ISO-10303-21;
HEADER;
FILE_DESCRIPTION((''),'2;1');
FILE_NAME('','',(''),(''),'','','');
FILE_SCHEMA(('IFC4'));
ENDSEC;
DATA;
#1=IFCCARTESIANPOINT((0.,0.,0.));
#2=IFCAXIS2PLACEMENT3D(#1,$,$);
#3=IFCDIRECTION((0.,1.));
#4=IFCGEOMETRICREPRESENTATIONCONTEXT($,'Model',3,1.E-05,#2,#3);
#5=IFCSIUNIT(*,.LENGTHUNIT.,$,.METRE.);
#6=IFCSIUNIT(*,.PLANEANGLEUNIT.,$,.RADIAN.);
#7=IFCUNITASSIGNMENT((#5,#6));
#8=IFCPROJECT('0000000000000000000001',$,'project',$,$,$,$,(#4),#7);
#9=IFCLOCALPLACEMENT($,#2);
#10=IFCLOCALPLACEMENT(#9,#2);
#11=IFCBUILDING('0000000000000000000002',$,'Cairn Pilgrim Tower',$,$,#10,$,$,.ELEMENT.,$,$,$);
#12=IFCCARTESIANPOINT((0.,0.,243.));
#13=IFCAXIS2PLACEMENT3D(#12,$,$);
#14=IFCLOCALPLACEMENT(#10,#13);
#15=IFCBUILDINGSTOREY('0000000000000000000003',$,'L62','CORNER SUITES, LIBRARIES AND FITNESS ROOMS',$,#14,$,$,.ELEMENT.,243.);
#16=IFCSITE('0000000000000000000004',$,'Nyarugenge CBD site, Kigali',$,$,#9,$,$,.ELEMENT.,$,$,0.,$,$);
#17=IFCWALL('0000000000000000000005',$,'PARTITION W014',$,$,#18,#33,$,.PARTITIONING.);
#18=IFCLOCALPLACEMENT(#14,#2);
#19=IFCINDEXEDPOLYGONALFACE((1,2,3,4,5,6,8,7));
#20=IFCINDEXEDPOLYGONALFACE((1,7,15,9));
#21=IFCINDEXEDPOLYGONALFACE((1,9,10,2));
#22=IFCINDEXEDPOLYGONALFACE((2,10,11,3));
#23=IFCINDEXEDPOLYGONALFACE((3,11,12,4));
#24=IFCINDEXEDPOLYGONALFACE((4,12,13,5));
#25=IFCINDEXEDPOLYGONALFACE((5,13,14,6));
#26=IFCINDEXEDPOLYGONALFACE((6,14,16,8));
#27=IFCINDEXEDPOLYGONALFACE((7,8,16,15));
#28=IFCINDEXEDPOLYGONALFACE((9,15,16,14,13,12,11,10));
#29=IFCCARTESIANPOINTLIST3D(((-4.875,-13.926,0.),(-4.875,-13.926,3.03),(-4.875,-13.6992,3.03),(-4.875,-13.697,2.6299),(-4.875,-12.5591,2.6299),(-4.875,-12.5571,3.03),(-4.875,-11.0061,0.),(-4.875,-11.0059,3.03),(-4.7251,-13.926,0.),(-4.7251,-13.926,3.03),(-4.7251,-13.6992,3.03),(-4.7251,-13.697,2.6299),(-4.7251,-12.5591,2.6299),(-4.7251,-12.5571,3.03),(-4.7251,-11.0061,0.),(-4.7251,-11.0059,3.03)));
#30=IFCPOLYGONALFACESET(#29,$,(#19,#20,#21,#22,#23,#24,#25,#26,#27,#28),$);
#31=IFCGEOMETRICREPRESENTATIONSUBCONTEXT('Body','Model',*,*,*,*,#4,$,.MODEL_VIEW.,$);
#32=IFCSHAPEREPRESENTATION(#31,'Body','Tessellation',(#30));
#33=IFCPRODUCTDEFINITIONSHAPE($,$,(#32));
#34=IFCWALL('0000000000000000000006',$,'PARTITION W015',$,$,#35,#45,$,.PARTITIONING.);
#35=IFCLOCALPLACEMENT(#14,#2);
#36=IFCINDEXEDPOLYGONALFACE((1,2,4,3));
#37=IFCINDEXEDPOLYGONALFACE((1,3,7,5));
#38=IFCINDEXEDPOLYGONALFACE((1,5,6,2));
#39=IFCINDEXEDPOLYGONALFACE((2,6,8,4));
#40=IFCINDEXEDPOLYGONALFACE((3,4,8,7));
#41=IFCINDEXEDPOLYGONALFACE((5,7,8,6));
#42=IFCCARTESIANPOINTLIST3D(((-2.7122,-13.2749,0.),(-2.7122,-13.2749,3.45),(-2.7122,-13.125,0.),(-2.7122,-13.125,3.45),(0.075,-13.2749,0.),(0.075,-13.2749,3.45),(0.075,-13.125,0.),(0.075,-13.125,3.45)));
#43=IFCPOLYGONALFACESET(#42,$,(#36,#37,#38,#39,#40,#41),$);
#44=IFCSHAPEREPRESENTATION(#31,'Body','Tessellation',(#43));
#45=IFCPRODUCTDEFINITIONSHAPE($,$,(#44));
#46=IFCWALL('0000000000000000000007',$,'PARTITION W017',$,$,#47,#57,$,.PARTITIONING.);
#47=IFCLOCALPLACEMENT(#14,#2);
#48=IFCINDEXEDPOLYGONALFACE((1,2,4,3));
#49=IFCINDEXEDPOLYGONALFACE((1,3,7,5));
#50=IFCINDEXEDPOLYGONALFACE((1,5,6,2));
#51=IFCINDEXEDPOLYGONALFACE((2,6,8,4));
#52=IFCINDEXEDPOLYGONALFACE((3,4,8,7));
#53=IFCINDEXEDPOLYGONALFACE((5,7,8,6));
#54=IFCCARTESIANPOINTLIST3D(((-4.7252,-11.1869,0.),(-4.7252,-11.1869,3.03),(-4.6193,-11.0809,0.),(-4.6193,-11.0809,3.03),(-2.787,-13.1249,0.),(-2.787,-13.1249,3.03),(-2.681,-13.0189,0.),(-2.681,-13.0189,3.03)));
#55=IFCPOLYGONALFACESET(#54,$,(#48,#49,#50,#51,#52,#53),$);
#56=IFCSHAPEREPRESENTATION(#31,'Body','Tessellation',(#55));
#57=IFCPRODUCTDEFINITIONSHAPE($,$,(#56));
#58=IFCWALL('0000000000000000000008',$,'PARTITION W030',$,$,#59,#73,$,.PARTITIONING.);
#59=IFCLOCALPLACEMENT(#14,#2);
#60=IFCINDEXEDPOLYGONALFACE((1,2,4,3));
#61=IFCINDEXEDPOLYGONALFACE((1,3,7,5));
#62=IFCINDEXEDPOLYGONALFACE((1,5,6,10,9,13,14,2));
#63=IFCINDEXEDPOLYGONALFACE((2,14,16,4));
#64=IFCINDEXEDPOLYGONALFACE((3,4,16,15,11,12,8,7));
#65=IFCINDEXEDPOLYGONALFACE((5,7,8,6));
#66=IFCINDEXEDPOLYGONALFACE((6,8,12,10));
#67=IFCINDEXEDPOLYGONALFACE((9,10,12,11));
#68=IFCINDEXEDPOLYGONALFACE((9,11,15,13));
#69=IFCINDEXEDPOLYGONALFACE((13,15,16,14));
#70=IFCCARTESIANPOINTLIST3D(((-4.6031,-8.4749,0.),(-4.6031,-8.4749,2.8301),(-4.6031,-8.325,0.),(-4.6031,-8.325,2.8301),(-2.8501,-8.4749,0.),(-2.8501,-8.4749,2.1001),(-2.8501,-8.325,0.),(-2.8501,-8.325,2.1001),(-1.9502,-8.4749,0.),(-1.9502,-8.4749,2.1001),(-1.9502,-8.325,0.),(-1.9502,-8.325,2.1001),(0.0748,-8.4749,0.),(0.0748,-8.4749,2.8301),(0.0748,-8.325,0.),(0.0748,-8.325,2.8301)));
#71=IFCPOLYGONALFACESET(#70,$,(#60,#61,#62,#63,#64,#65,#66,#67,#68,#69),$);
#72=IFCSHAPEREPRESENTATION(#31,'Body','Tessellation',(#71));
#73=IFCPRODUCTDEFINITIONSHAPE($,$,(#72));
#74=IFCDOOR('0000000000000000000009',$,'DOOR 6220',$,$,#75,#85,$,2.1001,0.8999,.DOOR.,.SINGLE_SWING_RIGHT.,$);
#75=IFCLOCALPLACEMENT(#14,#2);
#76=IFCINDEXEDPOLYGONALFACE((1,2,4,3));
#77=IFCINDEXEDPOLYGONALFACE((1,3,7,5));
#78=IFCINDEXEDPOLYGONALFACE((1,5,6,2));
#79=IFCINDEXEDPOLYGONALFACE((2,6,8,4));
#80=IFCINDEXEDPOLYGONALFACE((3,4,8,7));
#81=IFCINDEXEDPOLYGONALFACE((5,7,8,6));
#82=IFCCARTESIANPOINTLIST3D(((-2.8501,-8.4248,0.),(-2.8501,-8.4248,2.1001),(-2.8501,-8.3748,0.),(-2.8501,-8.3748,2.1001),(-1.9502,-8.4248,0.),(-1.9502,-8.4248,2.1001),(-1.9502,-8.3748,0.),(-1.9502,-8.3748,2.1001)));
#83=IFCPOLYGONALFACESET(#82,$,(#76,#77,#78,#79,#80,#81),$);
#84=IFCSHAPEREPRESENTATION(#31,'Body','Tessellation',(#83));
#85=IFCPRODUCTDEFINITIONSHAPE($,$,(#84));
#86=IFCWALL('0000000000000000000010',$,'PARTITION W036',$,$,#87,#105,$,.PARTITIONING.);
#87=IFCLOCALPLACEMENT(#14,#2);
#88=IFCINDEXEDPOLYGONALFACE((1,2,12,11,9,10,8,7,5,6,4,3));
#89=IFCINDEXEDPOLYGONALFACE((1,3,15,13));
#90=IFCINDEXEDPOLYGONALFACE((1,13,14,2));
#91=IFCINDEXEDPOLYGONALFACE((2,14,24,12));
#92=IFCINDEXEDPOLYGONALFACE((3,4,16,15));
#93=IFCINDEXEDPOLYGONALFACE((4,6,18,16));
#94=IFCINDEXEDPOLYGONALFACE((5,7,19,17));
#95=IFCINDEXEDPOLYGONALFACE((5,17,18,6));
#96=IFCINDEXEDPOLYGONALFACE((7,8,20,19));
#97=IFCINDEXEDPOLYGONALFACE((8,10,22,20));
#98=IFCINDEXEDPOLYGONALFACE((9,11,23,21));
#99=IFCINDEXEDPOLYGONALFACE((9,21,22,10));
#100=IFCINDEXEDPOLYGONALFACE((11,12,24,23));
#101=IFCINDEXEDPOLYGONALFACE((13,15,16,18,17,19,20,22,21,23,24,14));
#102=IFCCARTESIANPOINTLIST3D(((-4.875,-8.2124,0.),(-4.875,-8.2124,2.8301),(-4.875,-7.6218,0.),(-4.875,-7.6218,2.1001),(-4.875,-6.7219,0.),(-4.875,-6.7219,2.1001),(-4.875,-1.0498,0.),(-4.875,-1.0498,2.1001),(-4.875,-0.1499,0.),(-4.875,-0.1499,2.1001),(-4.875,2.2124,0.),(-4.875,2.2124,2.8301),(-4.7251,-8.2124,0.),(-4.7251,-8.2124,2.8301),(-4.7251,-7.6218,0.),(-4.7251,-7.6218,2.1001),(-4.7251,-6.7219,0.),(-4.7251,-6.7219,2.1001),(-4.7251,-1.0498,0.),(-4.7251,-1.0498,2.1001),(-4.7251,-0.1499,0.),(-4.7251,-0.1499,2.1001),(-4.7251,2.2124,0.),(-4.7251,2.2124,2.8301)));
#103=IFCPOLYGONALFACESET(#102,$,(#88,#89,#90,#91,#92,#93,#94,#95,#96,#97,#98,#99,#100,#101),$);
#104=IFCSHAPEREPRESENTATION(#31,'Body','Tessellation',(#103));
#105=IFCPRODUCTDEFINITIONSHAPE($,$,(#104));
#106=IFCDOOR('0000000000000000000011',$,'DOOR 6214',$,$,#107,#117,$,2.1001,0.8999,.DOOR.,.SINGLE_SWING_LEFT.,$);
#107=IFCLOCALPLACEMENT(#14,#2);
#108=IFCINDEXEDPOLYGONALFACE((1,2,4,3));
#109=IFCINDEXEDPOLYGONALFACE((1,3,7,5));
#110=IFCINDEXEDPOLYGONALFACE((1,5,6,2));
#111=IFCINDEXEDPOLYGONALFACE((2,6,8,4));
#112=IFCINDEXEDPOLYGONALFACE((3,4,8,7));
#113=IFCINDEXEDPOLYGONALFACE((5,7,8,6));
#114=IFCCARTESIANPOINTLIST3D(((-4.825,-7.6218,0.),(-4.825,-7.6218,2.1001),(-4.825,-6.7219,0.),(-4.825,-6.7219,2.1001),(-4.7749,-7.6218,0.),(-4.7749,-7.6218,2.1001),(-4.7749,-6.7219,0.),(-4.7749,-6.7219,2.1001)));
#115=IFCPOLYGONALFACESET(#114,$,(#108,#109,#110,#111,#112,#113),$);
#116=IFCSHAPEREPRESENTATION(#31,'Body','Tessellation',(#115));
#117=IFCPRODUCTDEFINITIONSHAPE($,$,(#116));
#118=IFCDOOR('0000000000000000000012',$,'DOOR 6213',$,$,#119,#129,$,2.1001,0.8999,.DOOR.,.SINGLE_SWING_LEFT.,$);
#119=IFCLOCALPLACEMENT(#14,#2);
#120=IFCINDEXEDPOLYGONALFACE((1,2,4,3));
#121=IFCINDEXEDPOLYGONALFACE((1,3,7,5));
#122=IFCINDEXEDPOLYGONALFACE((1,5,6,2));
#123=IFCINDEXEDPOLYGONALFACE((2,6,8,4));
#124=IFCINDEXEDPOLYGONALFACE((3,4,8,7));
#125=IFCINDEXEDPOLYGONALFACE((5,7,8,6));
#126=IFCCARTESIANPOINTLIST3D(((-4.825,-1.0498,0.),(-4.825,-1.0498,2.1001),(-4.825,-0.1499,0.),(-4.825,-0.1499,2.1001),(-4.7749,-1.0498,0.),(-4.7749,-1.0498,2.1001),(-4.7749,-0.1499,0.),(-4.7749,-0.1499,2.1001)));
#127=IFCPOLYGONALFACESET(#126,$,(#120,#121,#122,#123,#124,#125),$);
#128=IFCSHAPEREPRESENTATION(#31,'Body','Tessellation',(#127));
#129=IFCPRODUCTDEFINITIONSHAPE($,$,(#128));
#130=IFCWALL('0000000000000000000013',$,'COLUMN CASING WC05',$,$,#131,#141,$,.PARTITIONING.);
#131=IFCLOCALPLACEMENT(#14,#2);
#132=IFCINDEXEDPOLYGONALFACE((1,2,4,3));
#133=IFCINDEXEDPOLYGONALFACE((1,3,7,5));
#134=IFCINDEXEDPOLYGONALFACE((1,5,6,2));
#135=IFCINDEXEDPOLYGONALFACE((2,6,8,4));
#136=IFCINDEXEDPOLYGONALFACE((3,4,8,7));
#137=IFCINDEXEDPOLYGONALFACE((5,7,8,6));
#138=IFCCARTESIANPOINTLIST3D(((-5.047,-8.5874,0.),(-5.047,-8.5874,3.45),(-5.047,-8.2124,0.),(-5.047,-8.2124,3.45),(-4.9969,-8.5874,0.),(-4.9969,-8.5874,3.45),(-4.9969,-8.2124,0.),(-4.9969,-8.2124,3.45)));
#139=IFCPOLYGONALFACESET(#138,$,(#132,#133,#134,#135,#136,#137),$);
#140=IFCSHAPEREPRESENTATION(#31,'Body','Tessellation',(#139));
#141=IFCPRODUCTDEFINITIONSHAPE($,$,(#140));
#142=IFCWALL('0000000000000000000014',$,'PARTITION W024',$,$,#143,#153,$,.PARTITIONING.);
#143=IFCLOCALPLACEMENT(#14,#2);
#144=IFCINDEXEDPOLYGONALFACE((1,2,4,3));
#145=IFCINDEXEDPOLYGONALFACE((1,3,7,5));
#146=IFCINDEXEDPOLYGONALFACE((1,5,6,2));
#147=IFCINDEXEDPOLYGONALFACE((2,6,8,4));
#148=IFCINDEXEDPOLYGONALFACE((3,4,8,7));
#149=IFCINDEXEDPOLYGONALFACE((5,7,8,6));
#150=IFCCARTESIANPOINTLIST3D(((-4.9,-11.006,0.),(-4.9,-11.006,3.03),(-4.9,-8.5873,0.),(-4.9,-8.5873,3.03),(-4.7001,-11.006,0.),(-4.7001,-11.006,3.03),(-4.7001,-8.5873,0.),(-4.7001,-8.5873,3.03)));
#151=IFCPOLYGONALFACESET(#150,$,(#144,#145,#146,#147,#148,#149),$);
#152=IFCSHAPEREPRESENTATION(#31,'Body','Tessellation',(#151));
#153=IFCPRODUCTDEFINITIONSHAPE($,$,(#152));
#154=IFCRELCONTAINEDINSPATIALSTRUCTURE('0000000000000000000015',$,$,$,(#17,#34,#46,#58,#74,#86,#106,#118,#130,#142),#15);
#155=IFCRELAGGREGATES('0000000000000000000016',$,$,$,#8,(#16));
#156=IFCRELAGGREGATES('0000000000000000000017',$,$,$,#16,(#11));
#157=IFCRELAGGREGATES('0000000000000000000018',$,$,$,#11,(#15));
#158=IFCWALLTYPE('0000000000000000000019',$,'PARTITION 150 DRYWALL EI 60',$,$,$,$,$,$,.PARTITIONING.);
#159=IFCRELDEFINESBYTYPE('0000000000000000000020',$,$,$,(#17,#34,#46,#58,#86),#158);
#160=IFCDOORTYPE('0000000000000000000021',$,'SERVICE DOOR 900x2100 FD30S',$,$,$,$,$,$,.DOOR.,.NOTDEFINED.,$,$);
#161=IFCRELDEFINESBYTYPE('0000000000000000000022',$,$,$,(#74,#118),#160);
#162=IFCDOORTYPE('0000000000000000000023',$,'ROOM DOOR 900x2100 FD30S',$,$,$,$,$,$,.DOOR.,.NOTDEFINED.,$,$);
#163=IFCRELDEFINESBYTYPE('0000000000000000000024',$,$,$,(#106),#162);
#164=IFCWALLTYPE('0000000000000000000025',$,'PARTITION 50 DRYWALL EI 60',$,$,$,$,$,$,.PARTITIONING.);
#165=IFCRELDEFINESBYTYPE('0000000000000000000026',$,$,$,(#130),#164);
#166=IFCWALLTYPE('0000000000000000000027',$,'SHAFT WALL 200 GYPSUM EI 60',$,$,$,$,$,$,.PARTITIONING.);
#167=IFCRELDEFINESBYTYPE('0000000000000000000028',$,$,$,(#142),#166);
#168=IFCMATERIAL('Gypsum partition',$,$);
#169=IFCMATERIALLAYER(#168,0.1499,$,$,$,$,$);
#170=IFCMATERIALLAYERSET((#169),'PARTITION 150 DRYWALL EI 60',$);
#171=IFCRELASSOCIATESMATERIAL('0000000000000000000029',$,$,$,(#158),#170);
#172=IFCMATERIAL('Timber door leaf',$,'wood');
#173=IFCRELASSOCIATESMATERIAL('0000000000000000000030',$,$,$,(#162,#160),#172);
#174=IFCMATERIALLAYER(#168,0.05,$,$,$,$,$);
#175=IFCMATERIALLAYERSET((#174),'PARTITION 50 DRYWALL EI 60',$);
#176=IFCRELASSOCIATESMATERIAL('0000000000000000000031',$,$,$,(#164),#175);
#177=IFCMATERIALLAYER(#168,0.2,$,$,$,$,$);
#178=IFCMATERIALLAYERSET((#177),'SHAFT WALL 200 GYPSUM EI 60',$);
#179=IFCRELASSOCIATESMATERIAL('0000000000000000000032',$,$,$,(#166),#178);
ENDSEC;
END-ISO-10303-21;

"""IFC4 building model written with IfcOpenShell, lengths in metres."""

from ifc_helpers import new_model, si_unit, direction, frame, frame_2d, origin, place, context, subcontext, project, spatial, polyline, rectangle, outline, extrude, material, layer, layer_set, type_object, element, fill, save


model = new_model("IFC4")

# Units and contexts
model_context = context("Model", 3, precision=1e-05, world=origin(), true_north=direction((0.0, 1.0)))
body_context = subcontext(model_context, "Body", "Model", "MODEL_VIEW")
ifc_project = project(units=[si_unit("LENGTHUNIT", "METRE"), si_unit("PLANEANGLEUNIT", "RADIAN")], contexts=[model_context])

# Site, building, storey
site_placement = place(None, origin())
site = spatial("IfcSite", under=ifc_project, at=site_placement, Name="Nyarugenge CBD site, Kigali", CompositionType="ELEMENT", RefElevation=0.0)
building_placement = place(site_placement, origin())
building = spatial("IfcBuilding", under=site, at=building_placement, Name="Cairn Pilgrim Tower", CompositionType="ELEMENT")
storey_placement = place(building_placement, frame((0.0, 0.0, 243.0)))
storey = spatial("IfcBuildingStorey", under=building, at=storey_placement, Name="L62", Description="CORNER SUITES, LIBRARIES AND FITNESS ROOMS", CompositionType="ELEMENT", Elevation=243.0)

# Shared definitions
ifc_material_1 = material(Name="Gypsum partition")
ifc_layer_1 = layer(ifc_material_1, 0.1499)
ifc_layer_set_1 = layer_set([ifc_layer_1], Name="PARTITION 150 DRYWALL EI 60")
wall_type_1 = type_object("IfcWallType", Name="PARTITION 150 DRYWALL EI 60", PredefinedType="PARTITIONING", material=ifc_layer_set_1)
ifc_material_2 = material(Name="Timber door leaf", Category="wood")
door_type_1 = type_object("IfcDoorType", Name="ROOM DOOR 900x2100 FD30S", OperationType="NOTDEFINED", PredefinedType="DOOR", material=ifc_material_2)

# Walls
wall_1_placement = place(storey_placement, frame((-4.8, -13.926, 0.0), z_axis=(0.0, 0.0, 1.0), x_axis=(0.0, 1.0, 0.0)))
element("IfcWall", 1, at=wall_1_placement, inside=storey, type_object=wall_type_1, Name="PARTITION W014", PredefinedType="PARTITIONING", context=body_context, shape_type="SweptSolid", body=[
    extrude(outline(polyline([(0.0, 0.0), (2.9199, 0.0), (2.9202, 3.03), (1.3689, 3.03), (1.3669, 2.6299), (0.229, 2.6299), (0.2268, 3.03), (0.0, 3.03), (0.0, 0.0)])), frame((0.0, 0.075, 0.0), z_axis=(0.0, -1.0, 0.0), x_axis=(1.0, 0.0, 0.0)), (0.0, 0.0, 1.0), 0.1499),
])
wall_2_placement = place(storey_placement, frame((-2.7122, -13.2, 0.0), z_axis=(0.0, 0.0, 1.0), x_axis=(1.0, 0.0, 0.0)))
element("IfcWall", 2, at=wall_2_placement, inside=storey, type_object=wall_type_1, Name="PARTITION W015", PredefinedType="PARTITIONING", context=body_context, shape_type="SweptSolid", body=[
    extrude(rectangle(XDim=2.7871, YDim=0.1499, at=frame_2d((1.3936, 0.0))), origin(), (0.0, 0.0, 1.0), 3.45),
])
wall_3_placement = place(storey_placement, frame((-2.7339, -13.072, 0.0), z_axis=(0.0, 0.0, 1.0), x_axis=(-0.707151, 0.707062, 0.0)))
element("IfcWall", 3, at=wall_3_placement, inside=storey, type_object=wall_type_1, Name="PARTITION W017", PredefinedType="PARTITIONING", context=body_context, shape_type="SweptSolid", body=[
    extrude(rectangle(XDim=2.741, YDim=0.1499, at=frame_2d((1.3706, 0.0))), origin(), (0.0, 0.0, 1.0), 3.03),
])

# Wall, opening, door
wall_4_placement = place(storey_placement, frame((-4.603, -8.3999, 0.0), z_axis=(0.0, 0.0, 1.0), x_axis=(1.0, 0.0, 0.0)))
wall_4 = element("IfcWall", 4, at=wall_4_placement, inside=storey, type_object=wall_type_1, Name="PARTITION W030", PredefinedType="PARTITIONING", context=body_context, shape_type="SweptSolid", body=[
    extrude(rectangle(XDim=4.678, YDim=0.1499, at=frame_2d((2.3389, 0.0))), origin(), (0.0, 0.0, 1.0), 2.8301),
])
opening_1_placement = place(wall_4_placement, frame((1.7529, 0.0, 0.0)))
opening_1 = element("IfcOpeningElement", 5, at=opening_1_placement, cuts=wall_4, PredefinedType="OPENING", context=body_context, shape_type="SweptSolid", body=[
    extrude(rectangle(XDim=0.8999, YDim=2.1001, at=frame_2d((0.45, 1.05))), frame((0.0, 0.085, 0.0), z_axis=(0.0, -1.0, 0.0), x_axis=(1.0, 0.0, 0.0)), (0.0, 0.0, 1.0), 0.1699),
])
door_type_2 = type_object("IfcDoorType", Name="SERVICE DOOR 900x2100 FD30S", OperationType="NOTDEFINED", PredefinedType="DOOR", material=ifc_material_2)
door_1_placement = place(opening_1_placement, frame((0.8999, 0.0, 0.0), z_axis=(0.0, 0.0, 1.0), x_axis=(-1.0, 0.0, 0.0)))
door_1 = element("IfcDoor", 6, at=door_1_placement, inside=storey, type_object=door_type_2, Name="DOOR 6220", OperationType="SINGLE_SWING_RIGHT", OverallHeight=2.1001, OverallWidth=0.8999, PredefinedType="DOOR", context=body_context, shape_type="SweptSolid", body=[
    extrude(rectangle(XDim=0.8999, YDim=2.1001, at=frame_2d((0.45, 1.05))), frame((0.0, 0.0249, 0.0), z_axis=(0.0, -1.0, 0.0), x_axis=(1.0, 0.0, 0.0)), (0.0, 0.0, 1.0), 0.05),
])
fill(opening_1, door_1)

# Wall, openings, doors
wall_5_placement = place(storey_placement, frame((-4.8, -8.2124, 0.0), z_axis=(0.0, 0.0, 1.0), x_axis=(0.0, 1.0, 0.0)))
wall_5 = element("IfcWall", 7, at=wall_5_placement, inside=storey, type_object=wall_type_1, Name="PARTITION W036", PredefinedType="PARTITIONING", context=body_context, shape_type="SweptSolid", body=[
    extrude(rectangle(XDim=10.4248, YDim=0.1499, at=frame_2d((5.2124, 0.0))), origin(), (0.0, 0.0, 1.0), 2.8301),
])
opening_2_placement = place(wall_5_placement, frame((7.1626, 0.0, 0.0)))
opening_2 = element("IfcOpeningElement", 8, at=opening_2_placement, cuts=wall_5, PredefinedType="OPENING", context=body_context, shape_type="SweptSolid", body=[
    extrude(rectangle(XDim=0.8999, YDim=2.1001, at=frame_2d((0.45, 1.05))), frame((0.0, 0.085, 0.0), z_axis=(0.0, -1.0, 0.0), x_axis=(1.0, 0.0, 0.0)), (0.0, 0.0, 1.0), 0.1699),
])
opening_3_placement = place(wall_5_placement, frame((0.5906, 0.0, 0.0)))
opening_3 = element("IfcOpeningElement", 9, at=opening_3_placement, cuts=wall_5, PredefinedType="OPENING", context=body_context, shape_type="SweptSolid", body=[
    extrude(rectangle(XDim=0.8999, YDim=2.1001, at=frame_2d((0.45, 1.05))), frame((0.0, 0.085, 0.0), z_axis=(0.0, -1.0, 0.0), x_axis=(1.0, 0.0, 0.0)), (0.0, 0.0, 1.0), 0.1699),
])
door_2_placement = place(opening_3_placement, origin())
door_2 = element("IfcDoor", 10, at=door_2_placement, inside=storey, type_object=door_type_1, Name="DOOR 6214", OperationType="SINGLE_SWING_LEFT", OverallHeight=2.1001, OverallWidth=0.8999, PredefinedType="DOOR", context=body_context, shape_type="SweptSolid", body=[
    extrude(rectangle(XDim=0.8999, YDim=2.1001, at=frame_2d((0.45, 1.05))), frame((0.0, 0.0249, 0.0), z_axis=(0.0, -1.0, 0.0), x_axis=(1.0, 0.0, 0.0)), (0.0, 0.0, 1.0), 0.05),
])
fill(opening_3, door_2)
door_3_placement = place(opening_2_placement, origin())
door_3 = element("IfcDoor", 11, at=door_3_placement, inside=storey, type_object=door_type_2, Name="DOOR 6213", OperationType="SINGLE_SWING_LEFT", OverallHeight=2.1001, OverallWidth=0.8999, PredefinedType="DOOR", context=body_context, shape_type="SweptSolid", body=[
    extrude(rectangle(XDim=0.8999, YDim=2.1001, at=frame_2d((0.45, 1.05))), frame((0.0, 0.0249, 0.0), z_axis=(0.0, -1.0, 0.0), x_axis=(1.0, 0.0, 0.0)), (0.0, 0.0, 1.0), 0.05),
])
fill(opening_2, door_3)

# Walls
ifc_layer_2 = layer(ifc_material_1, 0.05)
ifc_layer_set_2 = layer_set([ifc_layer_2], Name="PARTITION 50 DRYWALL EI 60")
wall_type_2 = type_object("IfcWallType", Name="PARTITION 50 DRYWALL EI 60", PredefinedType="PARTITIONING", material=ifc_layer_set_2)
wall_6_placement = place(storey_placement, frame((-5.022, -8.5874, 0.0), z_axis=(0.0, 0.0, 1.0), x_axis=(0.0, 1.0, 0.0)))
element("IfcWall", 12, at=wall_6_placement, inside=storey, type_object=wall_type_2, Name="COLUMN CASING WC05", PredefinedType="PARTITIONING", context=body_context, shape_type="SweptSolid", body=[
    extrude(rectangle(XDim=0.375, YDim=0.05, at=frame_2d((0.1875, 0.0))), origin(), (0.0, 0.0, 1.0), 3.45),
])
ifc_layer_3 = layer(ifc_material_1, 0.2)
ifc_layer_set_3 = layer_set([ifc_layer_3], Name="SHAFT WALL 200 GYPSUM EI 60")
wall_type_3 = type_object("IfcWallType", Name="SHAFT WALL 200 GYPSUM EI 60", PredefinedType="PARTITIONING", material=ifc_layer_set_3)
wall_7_placement = place(storey_placement, frame((-4.8, -11.0061, 0.0), z_axis=(0.0, 0.0, 1.0), x_axis=(0.0, 1.0, 0.0)))
element("IfcWall", 13, at=wall_7_placement, inside=storey, type_object=wall_type_3, Name="PARTITION W024", PredefinedType="PARTITIONING", context=body_context, shape_type="SweptSolid", body=[
    extrude(rectangle(XDim=2.4187, YDim=0.2, at=frame_2d((1.2095, 0.0))), origin(), (0.0, 0.0, 1.0), 3.03),
])

save(model, "model.ifc")
